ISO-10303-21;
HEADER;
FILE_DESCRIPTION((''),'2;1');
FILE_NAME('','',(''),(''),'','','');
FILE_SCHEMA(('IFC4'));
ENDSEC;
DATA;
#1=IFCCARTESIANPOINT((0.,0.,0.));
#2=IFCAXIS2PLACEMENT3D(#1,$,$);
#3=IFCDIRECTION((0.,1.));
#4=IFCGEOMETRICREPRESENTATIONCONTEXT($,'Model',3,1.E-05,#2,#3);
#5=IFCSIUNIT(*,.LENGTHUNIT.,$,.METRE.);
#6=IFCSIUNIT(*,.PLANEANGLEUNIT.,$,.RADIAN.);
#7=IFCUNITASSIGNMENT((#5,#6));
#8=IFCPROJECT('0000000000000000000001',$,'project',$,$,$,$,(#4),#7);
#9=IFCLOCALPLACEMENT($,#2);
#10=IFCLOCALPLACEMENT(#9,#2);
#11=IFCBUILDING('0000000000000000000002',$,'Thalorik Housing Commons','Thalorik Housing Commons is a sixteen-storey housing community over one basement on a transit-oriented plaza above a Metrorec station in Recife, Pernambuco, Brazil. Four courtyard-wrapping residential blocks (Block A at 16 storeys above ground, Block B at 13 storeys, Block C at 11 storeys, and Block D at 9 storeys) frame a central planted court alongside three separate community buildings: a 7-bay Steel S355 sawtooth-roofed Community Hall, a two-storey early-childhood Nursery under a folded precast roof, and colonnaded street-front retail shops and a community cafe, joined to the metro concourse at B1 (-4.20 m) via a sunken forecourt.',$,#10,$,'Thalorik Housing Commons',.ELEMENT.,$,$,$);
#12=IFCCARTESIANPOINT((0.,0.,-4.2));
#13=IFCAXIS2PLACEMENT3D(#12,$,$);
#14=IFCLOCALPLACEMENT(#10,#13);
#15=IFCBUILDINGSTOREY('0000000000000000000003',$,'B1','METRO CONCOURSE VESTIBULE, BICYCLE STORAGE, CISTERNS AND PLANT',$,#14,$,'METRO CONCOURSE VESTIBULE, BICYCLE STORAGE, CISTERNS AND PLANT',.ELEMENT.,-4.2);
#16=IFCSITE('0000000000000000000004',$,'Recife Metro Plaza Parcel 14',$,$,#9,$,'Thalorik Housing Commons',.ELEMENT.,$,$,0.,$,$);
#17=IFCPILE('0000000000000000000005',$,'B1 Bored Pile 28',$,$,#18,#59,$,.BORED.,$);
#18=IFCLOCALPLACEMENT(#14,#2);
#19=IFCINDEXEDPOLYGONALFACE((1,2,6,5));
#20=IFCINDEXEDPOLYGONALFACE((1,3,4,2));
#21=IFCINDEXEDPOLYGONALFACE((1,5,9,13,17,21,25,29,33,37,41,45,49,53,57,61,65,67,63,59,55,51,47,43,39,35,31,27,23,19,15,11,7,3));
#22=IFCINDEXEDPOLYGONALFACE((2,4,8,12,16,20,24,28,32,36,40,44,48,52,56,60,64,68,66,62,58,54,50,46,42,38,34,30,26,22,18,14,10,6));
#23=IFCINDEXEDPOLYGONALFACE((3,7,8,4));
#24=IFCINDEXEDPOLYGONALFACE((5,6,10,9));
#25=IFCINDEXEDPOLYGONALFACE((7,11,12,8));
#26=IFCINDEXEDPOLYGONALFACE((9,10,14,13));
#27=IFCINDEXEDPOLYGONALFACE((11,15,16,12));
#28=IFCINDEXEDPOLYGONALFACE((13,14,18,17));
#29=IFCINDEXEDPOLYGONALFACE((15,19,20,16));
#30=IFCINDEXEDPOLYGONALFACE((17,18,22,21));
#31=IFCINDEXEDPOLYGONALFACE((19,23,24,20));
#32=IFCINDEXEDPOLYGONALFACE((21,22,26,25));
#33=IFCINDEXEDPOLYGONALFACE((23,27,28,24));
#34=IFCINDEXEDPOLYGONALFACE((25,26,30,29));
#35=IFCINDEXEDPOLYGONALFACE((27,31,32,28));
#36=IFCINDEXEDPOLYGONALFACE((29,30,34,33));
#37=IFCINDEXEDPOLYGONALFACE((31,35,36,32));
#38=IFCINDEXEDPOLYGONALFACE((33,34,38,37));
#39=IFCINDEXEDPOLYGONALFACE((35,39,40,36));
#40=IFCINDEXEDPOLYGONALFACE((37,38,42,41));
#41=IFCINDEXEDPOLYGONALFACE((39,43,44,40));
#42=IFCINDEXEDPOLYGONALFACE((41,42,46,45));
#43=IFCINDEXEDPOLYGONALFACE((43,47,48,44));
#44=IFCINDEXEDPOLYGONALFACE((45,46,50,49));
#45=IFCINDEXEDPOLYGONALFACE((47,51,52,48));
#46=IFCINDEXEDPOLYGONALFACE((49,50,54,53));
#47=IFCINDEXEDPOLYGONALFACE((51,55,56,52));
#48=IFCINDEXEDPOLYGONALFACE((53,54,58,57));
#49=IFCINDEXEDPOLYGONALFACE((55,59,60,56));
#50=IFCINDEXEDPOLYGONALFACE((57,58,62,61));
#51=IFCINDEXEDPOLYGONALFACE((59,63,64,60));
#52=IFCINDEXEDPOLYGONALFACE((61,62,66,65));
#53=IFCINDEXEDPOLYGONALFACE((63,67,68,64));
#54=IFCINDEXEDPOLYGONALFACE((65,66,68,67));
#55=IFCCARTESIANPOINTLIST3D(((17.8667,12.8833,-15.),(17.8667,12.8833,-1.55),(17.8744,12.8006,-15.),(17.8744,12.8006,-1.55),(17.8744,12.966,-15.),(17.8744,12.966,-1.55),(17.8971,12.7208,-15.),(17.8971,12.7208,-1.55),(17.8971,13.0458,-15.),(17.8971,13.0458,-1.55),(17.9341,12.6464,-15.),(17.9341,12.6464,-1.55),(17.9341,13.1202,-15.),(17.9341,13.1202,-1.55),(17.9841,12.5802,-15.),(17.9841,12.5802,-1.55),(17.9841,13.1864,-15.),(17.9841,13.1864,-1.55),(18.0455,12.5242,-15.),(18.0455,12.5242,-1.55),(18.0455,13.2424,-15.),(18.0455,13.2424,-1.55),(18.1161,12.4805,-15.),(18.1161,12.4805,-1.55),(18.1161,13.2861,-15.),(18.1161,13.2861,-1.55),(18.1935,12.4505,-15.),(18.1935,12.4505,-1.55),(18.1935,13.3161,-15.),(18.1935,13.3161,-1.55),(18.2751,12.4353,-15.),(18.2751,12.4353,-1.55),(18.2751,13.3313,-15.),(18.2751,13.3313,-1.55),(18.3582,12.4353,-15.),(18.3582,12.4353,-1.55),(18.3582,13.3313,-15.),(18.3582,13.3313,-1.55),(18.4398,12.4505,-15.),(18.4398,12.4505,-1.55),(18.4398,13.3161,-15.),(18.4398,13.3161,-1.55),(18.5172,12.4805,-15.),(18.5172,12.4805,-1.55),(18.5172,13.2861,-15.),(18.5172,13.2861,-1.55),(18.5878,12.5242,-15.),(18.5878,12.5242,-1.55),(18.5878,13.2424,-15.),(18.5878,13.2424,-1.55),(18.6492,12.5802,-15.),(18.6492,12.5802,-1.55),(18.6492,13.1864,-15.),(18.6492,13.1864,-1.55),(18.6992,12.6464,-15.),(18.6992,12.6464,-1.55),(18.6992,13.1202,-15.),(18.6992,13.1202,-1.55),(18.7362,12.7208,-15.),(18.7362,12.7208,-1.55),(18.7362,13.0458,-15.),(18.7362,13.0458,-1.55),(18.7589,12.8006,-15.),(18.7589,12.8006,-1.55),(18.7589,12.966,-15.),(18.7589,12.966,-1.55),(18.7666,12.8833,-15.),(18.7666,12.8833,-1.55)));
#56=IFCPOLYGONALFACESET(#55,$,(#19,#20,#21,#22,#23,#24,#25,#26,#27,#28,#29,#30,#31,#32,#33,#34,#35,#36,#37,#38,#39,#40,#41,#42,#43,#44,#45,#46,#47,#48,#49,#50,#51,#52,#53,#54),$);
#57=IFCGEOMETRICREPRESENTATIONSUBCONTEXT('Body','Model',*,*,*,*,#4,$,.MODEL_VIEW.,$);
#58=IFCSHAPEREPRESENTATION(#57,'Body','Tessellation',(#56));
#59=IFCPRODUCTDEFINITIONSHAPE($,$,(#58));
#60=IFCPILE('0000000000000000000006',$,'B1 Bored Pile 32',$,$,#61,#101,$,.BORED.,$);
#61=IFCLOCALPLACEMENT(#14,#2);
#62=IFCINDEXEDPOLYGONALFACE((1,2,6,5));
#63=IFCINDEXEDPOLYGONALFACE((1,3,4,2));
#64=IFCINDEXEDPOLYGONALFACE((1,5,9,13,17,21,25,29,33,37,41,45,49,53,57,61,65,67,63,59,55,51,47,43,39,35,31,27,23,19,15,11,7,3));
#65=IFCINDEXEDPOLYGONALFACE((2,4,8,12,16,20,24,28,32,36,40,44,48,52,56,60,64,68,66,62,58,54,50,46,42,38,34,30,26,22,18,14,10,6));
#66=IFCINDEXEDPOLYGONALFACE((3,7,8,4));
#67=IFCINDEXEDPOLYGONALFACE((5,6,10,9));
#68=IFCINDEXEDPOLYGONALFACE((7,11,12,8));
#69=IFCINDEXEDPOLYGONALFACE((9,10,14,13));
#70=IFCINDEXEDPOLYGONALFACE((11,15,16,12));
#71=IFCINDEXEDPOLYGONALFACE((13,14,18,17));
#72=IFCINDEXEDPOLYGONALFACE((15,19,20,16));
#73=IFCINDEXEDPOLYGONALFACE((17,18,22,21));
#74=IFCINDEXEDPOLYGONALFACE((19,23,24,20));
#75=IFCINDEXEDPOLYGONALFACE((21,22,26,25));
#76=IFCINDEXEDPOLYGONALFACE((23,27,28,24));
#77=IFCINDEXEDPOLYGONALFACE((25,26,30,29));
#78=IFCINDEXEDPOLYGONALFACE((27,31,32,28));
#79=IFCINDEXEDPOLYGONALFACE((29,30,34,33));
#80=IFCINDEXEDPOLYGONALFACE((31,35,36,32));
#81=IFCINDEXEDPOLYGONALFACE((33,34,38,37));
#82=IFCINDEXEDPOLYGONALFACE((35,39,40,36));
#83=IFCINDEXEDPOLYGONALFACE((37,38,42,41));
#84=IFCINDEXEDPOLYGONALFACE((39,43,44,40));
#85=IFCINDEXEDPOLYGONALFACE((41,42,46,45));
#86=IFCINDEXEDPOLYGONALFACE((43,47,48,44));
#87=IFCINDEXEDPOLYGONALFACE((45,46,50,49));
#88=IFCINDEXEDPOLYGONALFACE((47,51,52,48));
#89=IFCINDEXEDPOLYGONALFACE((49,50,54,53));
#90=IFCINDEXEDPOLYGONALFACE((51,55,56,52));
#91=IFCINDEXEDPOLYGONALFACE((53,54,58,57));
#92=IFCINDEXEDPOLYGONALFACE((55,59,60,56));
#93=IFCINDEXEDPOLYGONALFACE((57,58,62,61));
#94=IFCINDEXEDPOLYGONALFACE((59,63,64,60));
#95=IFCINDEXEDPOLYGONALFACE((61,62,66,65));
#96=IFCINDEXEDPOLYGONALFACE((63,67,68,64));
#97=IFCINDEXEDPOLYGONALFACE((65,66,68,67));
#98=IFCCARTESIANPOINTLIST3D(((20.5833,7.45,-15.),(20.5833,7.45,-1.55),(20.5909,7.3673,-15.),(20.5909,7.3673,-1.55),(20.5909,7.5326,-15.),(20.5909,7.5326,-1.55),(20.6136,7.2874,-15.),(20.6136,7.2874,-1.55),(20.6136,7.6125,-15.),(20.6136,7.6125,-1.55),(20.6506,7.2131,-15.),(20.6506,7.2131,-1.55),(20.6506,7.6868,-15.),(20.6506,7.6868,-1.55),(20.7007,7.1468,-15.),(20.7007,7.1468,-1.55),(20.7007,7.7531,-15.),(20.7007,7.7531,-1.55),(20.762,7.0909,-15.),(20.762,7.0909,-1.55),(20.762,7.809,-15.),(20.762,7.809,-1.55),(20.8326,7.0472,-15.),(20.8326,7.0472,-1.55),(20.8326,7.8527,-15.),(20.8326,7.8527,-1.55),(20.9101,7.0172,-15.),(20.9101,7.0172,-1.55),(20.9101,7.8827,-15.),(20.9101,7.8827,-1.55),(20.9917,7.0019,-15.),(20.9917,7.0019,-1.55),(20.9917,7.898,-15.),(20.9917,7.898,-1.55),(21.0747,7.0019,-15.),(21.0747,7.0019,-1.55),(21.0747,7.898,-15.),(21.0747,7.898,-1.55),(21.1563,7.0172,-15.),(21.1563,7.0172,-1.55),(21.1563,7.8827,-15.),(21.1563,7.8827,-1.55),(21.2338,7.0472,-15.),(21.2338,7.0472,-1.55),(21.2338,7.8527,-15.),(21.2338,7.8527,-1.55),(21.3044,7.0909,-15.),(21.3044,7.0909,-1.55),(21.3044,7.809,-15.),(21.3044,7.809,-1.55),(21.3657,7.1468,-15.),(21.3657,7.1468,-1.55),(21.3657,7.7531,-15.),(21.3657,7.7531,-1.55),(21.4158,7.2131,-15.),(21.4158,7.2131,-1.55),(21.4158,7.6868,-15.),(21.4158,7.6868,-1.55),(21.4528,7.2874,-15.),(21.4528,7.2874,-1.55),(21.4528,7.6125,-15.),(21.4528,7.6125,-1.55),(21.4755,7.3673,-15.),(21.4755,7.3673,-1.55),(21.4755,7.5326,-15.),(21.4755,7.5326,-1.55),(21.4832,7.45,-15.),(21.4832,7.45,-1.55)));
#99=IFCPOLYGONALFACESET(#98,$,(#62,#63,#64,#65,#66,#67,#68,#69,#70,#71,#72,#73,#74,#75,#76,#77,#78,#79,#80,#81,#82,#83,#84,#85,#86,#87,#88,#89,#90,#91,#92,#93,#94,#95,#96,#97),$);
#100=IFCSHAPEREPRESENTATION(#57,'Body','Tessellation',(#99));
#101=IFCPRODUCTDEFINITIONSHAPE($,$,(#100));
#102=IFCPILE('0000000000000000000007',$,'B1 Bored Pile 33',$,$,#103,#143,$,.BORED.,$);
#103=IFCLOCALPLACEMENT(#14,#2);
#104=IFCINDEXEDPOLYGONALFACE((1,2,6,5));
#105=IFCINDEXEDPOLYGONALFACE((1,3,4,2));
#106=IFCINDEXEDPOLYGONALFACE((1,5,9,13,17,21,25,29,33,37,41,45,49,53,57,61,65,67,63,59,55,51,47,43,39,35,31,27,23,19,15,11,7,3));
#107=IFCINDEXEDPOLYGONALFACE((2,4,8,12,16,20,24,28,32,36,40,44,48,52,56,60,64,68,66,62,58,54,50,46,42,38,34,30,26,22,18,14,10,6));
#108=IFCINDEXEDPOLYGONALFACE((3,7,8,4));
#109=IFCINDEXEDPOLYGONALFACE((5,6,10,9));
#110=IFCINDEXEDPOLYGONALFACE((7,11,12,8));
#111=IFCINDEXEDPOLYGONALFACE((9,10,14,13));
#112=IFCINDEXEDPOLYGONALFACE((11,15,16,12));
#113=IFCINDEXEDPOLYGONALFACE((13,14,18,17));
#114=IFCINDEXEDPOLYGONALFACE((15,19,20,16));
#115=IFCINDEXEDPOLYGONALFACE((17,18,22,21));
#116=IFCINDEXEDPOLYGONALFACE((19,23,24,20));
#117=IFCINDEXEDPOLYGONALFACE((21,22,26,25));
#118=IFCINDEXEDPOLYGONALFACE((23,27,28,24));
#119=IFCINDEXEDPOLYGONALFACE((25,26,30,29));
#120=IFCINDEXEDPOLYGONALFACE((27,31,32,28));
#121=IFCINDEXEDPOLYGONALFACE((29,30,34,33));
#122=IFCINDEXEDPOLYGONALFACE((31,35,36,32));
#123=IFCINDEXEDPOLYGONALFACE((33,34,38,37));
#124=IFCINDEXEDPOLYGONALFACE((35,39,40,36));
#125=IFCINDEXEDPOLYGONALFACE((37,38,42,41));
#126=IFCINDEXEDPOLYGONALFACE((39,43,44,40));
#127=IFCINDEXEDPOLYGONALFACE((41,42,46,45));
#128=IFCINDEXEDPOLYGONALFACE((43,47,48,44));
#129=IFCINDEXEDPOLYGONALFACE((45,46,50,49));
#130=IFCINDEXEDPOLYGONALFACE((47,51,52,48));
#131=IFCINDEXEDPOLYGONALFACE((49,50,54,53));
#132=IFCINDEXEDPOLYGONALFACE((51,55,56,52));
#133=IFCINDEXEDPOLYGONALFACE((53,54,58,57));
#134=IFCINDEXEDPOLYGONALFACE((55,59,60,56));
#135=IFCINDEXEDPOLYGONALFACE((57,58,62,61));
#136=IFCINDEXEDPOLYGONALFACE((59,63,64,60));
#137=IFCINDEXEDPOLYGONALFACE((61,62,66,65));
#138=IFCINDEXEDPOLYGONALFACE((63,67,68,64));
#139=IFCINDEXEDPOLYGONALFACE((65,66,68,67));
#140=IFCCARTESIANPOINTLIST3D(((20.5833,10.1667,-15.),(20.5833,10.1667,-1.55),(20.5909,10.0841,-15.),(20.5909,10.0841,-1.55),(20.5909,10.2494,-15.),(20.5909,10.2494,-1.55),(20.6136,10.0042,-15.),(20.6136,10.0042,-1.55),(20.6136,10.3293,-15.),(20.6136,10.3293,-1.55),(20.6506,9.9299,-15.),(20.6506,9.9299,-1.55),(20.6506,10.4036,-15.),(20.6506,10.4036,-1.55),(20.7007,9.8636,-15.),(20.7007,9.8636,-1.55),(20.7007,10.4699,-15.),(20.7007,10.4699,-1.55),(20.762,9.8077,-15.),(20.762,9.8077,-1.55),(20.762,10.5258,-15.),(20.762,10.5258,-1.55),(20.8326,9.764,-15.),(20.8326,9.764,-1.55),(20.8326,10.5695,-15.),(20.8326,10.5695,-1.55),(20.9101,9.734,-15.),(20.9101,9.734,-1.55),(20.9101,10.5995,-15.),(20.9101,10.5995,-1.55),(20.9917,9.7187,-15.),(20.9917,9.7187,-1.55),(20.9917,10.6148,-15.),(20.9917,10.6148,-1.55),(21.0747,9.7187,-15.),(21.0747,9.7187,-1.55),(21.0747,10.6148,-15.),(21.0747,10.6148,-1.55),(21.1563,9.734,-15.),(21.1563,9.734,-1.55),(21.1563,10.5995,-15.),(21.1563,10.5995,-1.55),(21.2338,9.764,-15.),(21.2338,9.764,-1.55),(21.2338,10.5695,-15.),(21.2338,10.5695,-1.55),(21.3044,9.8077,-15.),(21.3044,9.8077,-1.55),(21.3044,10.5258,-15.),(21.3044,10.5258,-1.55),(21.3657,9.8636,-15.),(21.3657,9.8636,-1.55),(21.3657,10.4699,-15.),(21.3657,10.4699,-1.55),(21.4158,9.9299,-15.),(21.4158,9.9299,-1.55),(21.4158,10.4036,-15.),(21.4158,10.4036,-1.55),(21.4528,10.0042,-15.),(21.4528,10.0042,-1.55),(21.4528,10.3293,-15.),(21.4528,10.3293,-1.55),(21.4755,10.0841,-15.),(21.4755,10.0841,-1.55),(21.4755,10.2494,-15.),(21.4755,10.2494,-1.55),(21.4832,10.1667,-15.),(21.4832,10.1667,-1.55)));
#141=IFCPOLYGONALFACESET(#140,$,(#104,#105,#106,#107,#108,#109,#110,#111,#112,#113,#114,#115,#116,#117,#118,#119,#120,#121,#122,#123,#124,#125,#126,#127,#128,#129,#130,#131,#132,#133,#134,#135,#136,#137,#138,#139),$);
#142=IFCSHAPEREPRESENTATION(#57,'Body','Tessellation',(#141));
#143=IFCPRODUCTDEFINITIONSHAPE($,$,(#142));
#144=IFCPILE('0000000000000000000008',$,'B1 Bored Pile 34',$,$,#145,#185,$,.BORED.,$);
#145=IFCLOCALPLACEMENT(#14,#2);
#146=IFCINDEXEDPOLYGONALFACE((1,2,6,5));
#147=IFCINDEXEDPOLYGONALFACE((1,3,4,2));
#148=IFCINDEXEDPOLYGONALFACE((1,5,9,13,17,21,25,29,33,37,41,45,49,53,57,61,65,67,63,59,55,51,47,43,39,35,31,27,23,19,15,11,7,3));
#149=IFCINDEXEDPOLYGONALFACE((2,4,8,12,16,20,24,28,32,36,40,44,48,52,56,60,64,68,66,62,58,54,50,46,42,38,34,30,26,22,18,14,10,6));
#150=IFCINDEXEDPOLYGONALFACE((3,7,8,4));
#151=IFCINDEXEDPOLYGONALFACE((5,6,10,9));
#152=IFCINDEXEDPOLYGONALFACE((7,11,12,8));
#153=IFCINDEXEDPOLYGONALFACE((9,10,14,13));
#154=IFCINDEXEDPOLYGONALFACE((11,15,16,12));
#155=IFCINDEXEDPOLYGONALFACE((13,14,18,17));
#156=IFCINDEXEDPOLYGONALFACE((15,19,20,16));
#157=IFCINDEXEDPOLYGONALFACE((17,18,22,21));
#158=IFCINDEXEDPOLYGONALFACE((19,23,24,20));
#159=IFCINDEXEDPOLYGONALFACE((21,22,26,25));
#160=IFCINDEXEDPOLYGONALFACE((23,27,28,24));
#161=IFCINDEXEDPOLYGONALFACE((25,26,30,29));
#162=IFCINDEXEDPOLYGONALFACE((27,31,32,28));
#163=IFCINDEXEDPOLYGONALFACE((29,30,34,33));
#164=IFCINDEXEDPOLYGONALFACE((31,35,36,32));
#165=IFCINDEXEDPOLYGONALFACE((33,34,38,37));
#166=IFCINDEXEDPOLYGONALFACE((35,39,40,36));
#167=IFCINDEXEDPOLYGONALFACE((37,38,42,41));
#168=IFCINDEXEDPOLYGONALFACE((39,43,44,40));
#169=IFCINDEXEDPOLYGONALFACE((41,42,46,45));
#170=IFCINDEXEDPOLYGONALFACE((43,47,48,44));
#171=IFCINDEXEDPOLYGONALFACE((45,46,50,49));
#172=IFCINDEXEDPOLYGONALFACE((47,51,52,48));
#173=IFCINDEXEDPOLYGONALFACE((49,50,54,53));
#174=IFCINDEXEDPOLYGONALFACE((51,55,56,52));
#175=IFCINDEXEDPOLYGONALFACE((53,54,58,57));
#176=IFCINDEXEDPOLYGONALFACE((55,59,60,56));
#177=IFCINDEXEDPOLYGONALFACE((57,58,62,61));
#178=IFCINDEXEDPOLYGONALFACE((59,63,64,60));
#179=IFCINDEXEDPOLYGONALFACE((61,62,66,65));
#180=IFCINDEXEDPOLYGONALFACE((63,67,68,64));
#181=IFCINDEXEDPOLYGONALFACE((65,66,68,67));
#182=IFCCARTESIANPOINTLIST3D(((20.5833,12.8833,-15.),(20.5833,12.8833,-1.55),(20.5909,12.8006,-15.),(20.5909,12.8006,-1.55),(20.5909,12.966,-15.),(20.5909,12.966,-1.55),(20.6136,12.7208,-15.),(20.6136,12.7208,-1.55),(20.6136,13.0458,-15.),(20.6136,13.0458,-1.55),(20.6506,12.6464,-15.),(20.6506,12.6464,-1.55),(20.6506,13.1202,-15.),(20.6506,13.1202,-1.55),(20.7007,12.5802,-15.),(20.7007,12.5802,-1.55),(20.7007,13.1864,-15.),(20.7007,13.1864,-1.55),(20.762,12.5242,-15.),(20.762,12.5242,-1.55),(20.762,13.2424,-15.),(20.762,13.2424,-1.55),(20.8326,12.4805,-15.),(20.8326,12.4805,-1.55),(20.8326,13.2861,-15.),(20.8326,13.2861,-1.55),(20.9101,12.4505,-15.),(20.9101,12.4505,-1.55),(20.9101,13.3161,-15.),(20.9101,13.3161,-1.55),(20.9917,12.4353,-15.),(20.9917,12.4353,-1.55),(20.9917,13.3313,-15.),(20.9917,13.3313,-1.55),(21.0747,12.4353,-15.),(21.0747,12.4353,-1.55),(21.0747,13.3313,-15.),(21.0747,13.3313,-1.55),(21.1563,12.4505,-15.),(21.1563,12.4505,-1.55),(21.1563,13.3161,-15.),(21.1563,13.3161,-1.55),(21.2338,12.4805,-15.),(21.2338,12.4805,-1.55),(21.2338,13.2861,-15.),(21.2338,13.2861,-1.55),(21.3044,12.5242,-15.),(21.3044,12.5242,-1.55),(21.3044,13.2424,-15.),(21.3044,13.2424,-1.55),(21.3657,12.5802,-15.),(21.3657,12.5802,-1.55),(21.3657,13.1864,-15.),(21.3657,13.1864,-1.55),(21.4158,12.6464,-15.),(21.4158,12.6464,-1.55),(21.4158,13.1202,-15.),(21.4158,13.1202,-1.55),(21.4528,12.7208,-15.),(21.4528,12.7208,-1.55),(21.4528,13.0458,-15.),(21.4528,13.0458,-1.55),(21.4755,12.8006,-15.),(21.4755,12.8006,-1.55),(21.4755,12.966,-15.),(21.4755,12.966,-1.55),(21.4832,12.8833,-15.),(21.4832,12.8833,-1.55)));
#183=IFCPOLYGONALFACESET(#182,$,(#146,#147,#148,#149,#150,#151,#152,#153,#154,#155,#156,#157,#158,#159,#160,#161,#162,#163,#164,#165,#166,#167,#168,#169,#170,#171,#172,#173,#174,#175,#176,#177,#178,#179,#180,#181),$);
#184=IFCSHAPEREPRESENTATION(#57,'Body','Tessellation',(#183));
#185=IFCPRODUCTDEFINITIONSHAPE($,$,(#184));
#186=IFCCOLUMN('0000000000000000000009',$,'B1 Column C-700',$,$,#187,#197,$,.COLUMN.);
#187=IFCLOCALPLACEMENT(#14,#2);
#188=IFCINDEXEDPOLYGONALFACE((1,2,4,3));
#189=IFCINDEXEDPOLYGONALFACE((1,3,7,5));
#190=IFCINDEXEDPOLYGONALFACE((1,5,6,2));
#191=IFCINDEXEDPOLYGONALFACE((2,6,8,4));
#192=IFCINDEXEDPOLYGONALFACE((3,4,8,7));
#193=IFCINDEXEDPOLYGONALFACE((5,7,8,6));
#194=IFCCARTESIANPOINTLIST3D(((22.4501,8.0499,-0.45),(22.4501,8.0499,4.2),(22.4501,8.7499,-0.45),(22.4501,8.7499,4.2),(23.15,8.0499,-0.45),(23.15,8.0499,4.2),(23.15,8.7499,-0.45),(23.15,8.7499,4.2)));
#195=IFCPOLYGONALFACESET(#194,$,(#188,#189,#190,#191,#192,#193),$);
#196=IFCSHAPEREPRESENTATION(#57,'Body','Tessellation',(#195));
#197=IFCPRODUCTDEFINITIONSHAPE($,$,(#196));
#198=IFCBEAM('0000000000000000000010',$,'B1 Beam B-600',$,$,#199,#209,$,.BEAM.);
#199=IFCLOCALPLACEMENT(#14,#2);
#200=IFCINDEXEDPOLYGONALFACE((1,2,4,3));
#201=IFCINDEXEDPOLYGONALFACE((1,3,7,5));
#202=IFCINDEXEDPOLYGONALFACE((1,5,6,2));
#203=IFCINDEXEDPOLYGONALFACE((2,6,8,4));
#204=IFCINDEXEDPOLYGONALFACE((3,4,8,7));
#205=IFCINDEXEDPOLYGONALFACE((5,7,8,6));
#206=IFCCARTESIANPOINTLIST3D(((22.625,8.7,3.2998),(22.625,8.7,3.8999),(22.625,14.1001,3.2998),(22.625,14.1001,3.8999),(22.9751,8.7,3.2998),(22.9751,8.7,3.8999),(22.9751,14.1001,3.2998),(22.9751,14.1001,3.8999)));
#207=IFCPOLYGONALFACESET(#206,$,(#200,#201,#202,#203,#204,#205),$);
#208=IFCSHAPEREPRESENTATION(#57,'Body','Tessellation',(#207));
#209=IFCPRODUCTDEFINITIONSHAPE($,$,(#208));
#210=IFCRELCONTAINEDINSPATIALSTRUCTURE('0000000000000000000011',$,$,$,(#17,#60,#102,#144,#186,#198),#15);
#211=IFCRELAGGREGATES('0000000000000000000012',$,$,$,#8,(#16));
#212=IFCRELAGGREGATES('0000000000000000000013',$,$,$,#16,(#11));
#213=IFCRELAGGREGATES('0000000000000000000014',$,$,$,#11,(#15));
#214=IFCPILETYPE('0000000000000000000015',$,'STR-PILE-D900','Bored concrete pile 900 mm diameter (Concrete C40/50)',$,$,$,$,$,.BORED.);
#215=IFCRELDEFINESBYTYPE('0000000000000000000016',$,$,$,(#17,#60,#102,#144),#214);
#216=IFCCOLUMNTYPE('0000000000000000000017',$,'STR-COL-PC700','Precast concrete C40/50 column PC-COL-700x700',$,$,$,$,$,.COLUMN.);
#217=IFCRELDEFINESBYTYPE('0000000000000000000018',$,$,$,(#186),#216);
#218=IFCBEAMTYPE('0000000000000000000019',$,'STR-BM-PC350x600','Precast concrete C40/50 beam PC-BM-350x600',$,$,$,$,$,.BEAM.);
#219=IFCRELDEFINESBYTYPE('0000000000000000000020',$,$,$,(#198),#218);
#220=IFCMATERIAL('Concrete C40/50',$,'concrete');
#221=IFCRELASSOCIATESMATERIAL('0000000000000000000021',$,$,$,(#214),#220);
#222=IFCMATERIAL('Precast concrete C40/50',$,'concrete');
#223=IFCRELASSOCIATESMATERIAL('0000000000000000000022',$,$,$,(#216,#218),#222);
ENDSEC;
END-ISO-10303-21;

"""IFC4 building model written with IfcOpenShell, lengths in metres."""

from ifc_helpers import new_model, si_unit, direction, frame, origin, origin_2d, place, context, subcontext, project, spatial, rectangle, circle, extrude, material, material_profile, profile_set, type_object, element, save


model = new_model("IFC4")

# Units and contexts
model_context = context("Model", 3, precision=1e-05, world=origin(), true_north=direction((0.0, 1.0)))
body_context = subcontext(model_context, "Body", "Model", "MODEL_VIEW")
ifc_project = project(units=[si_unit("LENGTHUNIT", "METRE"), si_unit("PLANEANGLEUNIT", "RADIAN")], contexts=[model_context])

# Site, building, storey
site_placement = place(None, origin())
site = spatial("IfcSite", under=ifc_project, at=site_placement, Name="Recife Metro Plaza Parcel 14", LongName="Thalorik Housing Commons", CompositionType="ELEMENT", RefElevation=0.0)
building_placement = place(site_placement, origin())
building = spatial("IfcBuilding", under=site, at=building_placement, Name="Thalorik Housing Commons", Description="Thalorik Housing Commons is a sixteen-storey housing community over one basement on a transit-oriented plaza above a Metrorec station in Recife, Pernambuco, Brazil. Four courtyard-wrapping residential blocks (Block A at 16 storeys above ground, Block B at 13 storeys, Block C at 11 storeys, and Block D at 9 storeys) frame a central planted court alongside three separate community buildings: a 7-bay Steel S355 sawtooth-roofed Community Hall, a two-storey early-childhood Nursery under a folded precast roof, and colonnaded street-front retail shops and a community cafe, joined to the metro concourse at B1 (-4.20 m) via a sunken forecourt.", LongName="Thalorik Housing Commons", CompositionType="ELEMENT")
storey_placement = place(building_placement, frame((0.0, 0.0, -4.2)))
storey = spatial("IfcBuildingStorey", under=building, at=storey_placement, Name="B1", Description="METRO CONCOURSE VESTIBULE, BICYCLE STORAGE, CISTERNS AND PLANT", LongName="METRO CONCOURSE VESTIBULE, BICYCLE STORAGE, CISTERNS AND PLANT", CompositionType="ELEMENT", Elevation=-4.2)

# Piles
ifc_material_1 = material(Name="Concrete C40/50", Category="concrete")
ifc_material_profile_1 = material_profile(ifc_material_1, circle(Radius=0.45, at=origin_2d()), Name="BORED PILE D900", Category="concrete")
ifc_profile_set_1 = profile_set([ifc_material_profile_1], Name="Concrete C40/50")
pile_type = type_object("IfcPileType", Name="STR-PILE-D900", Description="Bored concrete pile 900 mm diameter (Concrete C40/50)", PredefinedType="BORED", material=ifc_profile_set_1)
for number, where, z_axis, x_axis, name in (
    (1, (18.3167, 12.8833, -1.55), (0.0, 0.0, -1.0), (1.0, 0.0, 0.0), "B1 Bored Pile 28"),
    (2, (21.0332, 7.45, -1.55), (0.0, 0.0, -1.0), (1.0, 0.0, 0.0), "B1 Bored Pile 32"),
    (3, (21.0332, 10.1667, -1.55), (0.0, 0.0, -1.0), (1.0, 0.0, 0.0), "B1 Bored Pile 33"),
    (4, (21.0332, 12.8833, -1.55), (0.0, 0.0, -1.0), (1.0, 0.0, 0.0), "B1 Bored Pile 34"),
):
    element("IfcPile", number, at=place(storey_placement, frame(where, z_axis=z_axis, x_axis=x_axis)), inside=storey, type_object=pile_type, Name=name, PredefinedType="BORED", context=body_context, shape_type="SweptSolid", body=[
        extrude(circle(Radius=0.45, at=origin_2d()), origin(), (0.0, 0.0, 1.0), 13.45),
    ])

# Column
ifc_material_2 = material(Name="Precast concrete C40/50", Category="concrete")
ifc_material_profile_2 = material_profile(ifc_material_2, rectangle(XDim=0.7, YDim=0.7, at=origin_2d()), Name="PC 700x700", Category="concrete")
ifc_profile_set_2 = profile_set([ifc_material_profile_2], Name="Precast concrete C40/50")
column_type = type_object("IfcColumnType", Name="STR-COL-PC700", Description="Precast concrete C40/50 column PC-COL-700x700", PredefinedType="COLUMN", material=ifc_profile_set_2)
column_placement = place(storey_placement, frame((22.8, 8.3999, -0.45), z_axis=(0.0, 0.0, 1.0), x_axis=(1.0, 0.0, 0.0)))
element("IfcColumn", 5, at=column_placement, inside=storey, type_object=column_type, Name="B1 Column C-700", PredefinedType="COLUMN", context=body_context, shape_type="SweptSolid", body=[
    extrude(rectangle(XDim=0.7, YDim=0.7, at=origin_2d()), origin(), (0.0, 0.0, 1.0), 4.6499),
])

# Beam
ifc_material_profile_3 = material_profile(ifc_material_2, rectangle(XDim=0.3501, YDim=0.6001, at=origin_2d()), Name="PC 350x600", Category="concrete")
ifc_profile_set_3 = profile_set([ifc_material_profile_3], Name="Precast concrete C40/50")
beam_type = type_object("IfcBeamType", Name="STR-BM-PC350x600", Description="Precast concrete C40/50 beam PC-BM-350x600", PredefinedType="BEAM", material=ifc_profile_set_3)
beam_placement = place(storey_placement, frame((22.8, 8.7, 3.5999), z_axis=(0.0, 1.0, 0.0), x_axis=(-1.0, 0.0, 0.0)))
element("IfcBeam", 6, at=beam_placement, inside=storey, type_object=beam_type, Name="B1 Beam B-600", PredefinedType="BEAM", context=body_context, shape_type="SweptSolid", body=[
    extrude(rectangle(XDim=0.3501, YDim=0.6001, at=origin_2d()), origin(), (0.0, 0.0, 1.0), 5.4001),
])

save(model, "model.ifc")
